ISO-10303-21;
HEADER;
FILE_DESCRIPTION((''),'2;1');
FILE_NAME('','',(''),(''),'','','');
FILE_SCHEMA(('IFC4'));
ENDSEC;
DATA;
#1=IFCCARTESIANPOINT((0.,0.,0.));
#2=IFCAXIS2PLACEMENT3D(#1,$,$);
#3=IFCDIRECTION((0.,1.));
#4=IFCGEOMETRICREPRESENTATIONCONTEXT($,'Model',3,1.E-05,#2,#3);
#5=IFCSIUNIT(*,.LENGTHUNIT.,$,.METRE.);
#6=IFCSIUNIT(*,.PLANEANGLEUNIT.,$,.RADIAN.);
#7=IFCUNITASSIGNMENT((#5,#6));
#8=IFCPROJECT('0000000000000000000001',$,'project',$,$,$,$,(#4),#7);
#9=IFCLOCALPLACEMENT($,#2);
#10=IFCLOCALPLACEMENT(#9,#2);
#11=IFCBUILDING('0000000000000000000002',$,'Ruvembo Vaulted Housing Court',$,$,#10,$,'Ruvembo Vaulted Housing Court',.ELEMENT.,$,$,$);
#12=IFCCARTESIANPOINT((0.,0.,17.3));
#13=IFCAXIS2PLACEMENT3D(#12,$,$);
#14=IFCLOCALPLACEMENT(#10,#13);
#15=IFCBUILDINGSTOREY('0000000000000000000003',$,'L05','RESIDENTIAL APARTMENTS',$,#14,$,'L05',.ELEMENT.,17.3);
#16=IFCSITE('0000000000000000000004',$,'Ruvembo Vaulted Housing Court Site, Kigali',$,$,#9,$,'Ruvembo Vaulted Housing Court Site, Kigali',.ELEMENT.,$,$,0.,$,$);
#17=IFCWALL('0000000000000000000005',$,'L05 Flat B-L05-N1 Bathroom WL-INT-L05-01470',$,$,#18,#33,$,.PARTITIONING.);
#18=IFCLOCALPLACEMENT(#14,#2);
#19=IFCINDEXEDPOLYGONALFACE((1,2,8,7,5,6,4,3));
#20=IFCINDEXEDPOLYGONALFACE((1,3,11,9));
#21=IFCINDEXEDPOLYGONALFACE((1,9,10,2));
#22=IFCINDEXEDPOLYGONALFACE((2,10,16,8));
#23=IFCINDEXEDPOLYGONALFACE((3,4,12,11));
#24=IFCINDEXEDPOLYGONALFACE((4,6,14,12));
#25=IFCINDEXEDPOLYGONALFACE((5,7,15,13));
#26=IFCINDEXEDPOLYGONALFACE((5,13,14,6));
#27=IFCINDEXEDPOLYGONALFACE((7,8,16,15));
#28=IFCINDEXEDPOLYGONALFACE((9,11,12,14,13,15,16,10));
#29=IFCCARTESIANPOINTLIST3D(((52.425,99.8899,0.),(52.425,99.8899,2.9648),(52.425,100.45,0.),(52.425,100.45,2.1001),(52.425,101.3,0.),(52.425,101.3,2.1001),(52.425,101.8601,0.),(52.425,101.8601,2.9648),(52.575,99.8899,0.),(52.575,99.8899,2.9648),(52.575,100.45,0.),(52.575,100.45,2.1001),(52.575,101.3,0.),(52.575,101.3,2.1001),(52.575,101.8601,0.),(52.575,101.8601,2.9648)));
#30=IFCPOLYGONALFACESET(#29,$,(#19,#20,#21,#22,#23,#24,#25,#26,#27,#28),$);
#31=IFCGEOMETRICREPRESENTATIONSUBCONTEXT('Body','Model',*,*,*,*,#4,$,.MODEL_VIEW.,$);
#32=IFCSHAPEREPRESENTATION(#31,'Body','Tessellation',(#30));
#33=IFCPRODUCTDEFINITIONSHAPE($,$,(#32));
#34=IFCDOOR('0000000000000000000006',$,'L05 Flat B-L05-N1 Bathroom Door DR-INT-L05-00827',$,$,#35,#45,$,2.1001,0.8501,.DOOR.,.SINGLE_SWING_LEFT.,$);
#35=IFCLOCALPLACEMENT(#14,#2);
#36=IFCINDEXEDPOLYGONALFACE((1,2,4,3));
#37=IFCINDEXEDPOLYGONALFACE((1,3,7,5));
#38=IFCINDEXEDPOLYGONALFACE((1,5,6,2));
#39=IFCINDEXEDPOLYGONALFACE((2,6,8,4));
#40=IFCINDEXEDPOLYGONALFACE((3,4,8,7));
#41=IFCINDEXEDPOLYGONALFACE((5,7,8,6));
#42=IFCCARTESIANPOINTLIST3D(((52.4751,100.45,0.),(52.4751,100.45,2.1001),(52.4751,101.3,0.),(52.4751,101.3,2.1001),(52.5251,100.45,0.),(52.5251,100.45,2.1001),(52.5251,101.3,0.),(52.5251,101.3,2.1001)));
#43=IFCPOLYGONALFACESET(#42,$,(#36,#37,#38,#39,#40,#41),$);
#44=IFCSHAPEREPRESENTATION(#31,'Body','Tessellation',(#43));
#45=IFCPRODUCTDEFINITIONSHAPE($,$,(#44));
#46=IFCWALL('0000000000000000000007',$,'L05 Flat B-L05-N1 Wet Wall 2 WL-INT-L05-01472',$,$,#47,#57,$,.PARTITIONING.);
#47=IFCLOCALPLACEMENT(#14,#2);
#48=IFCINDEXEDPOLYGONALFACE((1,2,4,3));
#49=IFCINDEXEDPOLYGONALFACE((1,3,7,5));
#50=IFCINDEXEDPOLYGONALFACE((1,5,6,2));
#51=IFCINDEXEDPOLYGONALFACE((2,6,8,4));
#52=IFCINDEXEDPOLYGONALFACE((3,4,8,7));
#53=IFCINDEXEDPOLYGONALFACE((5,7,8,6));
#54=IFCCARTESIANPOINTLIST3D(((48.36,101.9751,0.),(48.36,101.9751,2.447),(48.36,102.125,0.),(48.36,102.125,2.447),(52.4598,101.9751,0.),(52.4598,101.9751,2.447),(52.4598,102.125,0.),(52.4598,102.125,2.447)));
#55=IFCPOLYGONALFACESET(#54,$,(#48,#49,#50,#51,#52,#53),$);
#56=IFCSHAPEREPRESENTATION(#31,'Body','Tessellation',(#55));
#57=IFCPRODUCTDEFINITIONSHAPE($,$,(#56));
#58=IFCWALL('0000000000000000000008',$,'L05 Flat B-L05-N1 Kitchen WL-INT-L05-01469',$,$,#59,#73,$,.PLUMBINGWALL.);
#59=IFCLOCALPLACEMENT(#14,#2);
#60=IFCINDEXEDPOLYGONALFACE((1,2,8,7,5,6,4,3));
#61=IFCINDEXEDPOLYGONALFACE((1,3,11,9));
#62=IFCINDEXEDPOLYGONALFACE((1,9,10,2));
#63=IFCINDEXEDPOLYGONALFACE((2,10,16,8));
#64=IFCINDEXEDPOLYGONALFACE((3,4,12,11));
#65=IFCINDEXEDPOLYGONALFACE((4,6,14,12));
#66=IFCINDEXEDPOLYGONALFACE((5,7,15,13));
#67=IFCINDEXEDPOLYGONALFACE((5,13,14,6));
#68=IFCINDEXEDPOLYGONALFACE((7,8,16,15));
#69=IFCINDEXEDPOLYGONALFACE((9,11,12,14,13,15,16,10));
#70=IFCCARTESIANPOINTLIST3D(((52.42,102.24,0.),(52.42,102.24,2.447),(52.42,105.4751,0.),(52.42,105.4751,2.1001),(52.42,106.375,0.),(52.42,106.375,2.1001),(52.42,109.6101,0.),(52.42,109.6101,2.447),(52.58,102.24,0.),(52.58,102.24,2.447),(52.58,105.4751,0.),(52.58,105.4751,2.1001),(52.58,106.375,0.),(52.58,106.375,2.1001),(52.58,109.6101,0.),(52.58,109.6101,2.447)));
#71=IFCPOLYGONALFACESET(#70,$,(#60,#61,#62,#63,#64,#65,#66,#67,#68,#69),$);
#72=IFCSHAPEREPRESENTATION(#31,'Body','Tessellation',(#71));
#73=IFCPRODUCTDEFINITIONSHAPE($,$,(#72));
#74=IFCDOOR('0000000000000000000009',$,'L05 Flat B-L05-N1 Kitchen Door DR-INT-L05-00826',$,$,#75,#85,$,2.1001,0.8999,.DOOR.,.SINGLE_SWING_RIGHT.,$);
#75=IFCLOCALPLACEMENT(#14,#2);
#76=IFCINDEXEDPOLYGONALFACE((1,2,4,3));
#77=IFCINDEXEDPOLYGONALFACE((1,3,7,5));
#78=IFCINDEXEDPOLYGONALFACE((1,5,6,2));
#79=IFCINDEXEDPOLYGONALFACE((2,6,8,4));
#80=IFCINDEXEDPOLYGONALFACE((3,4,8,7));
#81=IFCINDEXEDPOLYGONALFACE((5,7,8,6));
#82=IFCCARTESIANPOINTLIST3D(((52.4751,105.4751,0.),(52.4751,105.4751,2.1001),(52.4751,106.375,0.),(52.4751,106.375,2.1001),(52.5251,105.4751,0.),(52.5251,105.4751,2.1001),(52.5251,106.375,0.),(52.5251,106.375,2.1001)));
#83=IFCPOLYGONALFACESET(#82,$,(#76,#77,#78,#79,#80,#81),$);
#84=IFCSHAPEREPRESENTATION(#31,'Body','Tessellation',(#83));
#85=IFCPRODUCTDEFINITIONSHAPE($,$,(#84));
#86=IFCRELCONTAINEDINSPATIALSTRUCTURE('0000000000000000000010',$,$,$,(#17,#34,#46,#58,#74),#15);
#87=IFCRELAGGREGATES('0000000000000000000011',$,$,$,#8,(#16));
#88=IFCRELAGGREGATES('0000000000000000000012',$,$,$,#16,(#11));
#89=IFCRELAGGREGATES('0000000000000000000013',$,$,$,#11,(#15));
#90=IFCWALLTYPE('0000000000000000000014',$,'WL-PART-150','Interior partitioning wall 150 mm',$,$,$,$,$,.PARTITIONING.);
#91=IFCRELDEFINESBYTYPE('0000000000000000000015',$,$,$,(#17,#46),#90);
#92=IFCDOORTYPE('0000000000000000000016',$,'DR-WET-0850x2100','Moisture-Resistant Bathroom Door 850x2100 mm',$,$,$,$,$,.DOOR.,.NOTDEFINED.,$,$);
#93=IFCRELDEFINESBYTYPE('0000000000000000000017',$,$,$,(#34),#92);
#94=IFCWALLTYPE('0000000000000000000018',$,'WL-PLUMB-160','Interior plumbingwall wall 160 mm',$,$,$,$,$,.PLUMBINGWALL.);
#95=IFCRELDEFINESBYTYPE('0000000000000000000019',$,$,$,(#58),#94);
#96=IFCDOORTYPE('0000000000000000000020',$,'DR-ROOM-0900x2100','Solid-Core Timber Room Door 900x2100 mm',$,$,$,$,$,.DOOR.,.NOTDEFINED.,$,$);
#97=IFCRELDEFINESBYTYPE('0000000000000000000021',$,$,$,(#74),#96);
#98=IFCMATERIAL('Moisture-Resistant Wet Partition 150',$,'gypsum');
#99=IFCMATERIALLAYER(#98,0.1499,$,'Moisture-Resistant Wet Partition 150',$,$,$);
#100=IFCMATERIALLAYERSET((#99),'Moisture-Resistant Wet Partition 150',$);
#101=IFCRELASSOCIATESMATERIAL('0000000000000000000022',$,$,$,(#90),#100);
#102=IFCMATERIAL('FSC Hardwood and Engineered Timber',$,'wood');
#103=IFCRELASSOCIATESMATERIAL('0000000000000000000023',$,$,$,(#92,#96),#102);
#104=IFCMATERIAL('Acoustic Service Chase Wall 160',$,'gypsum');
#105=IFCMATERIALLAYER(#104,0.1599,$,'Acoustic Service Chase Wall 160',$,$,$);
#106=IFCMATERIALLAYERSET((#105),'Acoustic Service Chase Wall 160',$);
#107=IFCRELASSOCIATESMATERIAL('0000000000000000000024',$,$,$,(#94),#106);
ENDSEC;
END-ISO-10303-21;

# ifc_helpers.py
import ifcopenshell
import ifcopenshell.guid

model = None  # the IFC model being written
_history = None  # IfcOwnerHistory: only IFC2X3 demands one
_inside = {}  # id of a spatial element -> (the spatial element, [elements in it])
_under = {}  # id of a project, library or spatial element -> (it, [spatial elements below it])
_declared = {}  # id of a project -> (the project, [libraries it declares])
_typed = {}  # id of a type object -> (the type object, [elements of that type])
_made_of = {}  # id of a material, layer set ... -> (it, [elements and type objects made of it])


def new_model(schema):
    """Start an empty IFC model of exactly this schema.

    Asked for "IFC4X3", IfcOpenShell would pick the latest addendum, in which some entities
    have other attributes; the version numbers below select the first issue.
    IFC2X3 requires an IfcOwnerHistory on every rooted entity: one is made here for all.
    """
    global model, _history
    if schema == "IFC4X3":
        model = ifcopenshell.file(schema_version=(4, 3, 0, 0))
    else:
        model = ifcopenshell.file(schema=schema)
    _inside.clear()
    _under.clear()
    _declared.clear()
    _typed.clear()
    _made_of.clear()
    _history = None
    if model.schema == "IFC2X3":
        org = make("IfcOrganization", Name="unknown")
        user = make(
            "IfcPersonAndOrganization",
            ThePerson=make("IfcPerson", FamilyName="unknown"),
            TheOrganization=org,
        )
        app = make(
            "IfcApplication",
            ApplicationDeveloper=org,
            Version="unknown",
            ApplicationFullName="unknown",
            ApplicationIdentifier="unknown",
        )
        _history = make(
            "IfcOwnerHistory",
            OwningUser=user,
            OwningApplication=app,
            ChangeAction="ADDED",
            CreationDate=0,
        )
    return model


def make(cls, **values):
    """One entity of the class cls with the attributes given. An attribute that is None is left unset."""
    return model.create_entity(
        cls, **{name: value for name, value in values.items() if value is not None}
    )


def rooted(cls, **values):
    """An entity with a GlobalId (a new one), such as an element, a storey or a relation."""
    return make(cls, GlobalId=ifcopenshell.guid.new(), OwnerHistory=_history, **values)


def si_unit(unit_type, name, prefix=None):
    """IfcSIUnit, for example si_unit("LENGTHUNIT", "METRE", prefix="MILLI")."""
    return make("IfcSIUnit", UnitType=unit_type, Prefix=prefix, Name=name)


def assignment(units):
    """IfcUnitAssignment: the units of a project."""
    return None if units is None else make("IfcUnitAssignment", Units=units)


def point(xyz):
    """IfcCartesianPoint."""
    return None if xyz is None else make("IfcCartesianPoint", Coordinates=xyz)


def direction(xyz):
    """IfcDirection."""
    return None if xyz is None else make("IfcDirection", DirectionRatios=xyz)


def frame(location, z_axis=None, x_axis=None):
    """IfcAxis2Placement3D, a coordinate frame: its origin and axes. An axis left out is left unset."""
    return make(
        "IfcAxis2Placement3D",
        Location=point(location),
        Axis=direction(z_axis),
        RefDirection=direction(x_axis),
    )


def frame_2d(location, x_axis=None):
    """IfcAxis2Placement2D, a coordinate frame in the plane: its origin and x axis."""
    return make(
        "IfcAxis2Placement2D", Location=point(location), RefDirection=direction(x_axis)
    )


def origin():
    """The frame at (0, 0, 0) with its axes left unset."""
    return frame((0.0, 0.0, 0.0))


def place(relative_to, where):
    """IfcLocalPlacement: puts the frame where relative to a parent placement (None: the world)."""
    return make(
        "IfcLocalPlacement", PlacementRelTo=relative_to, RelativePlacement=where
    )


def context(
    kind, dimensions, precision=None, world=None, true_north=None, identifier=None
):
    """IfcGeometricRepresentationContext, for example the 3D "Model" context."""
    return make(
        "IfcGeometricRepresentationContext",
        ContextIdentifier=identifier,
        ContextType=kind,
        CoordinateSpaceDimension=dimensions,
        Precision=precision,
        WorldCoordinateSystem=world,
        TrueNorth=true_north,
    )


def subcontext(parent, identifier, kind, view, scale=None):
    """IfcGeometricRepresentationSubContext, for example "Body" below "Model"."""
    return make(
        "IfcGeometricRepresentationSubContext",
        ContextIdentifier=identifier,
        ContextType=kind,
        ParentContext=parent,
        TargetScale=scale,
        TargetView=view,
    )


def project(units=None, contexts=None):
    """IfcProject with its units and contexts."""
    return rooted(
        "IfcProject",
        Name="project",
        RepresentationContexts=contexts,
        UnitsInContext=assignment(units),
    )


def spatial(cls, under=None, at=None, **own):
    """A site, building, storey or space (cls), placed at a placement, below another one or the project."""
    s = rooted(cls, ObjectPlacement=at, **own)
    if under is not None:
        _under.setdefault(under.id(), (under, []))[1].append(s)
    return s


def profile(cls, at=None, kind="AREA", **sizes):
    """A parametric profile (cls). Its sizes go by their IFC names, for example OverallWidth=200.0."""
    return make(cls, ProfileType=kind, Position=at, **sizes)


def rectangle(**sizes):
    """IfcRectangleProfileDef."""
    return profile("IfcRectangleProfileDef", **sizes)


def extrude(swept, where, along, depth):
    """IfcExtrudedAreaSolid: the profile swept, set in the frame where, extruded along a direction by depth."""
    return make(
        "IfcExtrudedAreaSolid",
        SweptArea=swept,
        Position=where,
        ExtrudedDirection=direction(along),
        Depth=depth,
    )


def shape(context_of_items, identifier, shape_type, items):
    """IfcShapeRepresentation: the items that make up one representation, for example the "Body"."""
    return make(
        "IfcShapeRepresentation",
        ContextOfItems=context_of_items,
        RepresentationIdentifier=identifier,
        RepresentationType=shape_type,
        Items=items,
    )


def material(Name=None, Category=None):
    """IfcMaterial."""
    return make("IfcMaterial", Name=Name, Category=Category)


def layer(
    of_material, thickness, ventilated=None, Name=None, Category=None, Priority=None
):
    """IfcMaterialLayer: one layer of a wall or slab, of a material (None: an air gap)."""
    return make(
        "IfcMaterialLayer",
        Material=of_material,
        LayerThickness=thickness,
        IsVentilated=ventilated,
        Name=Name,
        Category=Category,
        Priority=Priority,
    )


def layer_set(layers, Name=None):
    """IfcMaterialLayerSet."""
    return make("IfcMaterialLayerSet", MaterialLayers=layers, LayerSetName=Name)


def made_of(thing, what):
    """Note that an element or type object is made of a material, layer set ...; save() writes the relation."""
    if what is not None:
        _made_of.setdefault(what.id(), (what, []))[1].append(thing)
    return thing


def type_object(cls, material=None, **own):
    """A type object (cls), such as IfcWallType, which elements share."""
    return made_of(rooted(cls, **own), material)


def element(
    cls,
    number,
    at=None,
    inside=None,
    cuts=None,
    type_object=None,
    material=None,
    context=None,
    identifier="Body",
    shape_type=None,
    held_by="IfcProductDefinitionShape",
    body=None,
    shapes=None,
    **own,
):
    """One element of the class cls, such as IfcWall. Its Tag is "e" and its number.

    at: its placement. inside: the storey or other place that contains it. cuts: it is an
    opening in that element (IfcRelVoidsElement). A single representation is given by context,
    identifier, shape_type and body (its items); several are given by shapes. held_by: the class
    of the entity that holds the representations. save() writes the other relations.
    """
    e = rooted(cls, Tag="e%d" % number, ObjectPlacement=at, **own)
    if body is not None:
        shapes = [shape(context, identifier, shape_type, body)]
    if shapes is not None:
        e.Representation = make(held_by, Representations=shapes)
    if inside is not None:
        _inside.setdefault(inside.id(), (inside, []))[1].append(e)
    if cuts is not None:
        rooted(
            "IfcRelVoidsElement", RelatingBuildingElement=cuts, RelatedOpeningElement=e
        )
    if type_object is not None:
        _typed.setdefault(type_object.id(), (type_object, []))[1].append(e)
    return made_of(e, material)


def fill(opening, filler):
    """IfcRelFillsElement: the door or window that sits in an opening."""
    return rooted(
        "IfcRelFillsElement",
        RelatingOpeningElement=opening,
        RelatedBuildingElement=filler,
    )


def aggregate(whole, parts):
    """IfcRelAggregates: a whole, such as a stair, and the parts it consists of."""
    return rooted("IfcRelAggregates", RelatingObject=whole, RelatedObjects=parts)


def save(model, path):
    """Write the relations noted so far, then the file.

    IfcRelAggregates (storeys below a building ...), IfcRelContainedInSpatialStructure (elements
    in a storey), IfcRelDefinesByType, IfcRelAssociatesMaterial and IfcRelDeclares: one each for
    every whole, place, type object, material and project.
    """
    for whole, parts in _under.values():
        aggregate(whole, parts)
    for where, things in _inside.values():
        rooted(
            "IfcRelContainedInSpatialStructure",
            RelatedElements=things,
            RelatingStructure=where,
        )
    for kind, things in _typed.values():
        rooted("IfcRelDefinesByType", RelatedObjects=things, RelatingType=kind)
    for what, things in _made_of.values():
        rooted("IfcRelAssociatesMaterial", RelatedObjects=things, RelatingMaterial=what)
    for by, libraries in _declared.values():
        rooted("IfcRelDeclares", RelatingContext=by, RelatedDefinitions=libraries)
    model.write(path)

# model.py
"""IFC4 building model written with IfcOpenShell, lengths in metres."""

from ifc_helpers import new_model, si_unit, direction, frame, frame_2d, origin, place, context, subcontext, project, spatial, rectangle, extrude, material, layer, layer_set, type_object, element, fill, save


model = new_model("IFC4")

# Units and contexts
model_context = context("Model", 3, precision=1e-05, world=origin(), true_north=direction((0.0, 1.0)))
body_context = subcontext(model_context, "Body", "Model", "MODEL_VIEW")
ifc_project = project(units=[si_unit("LENGTHUNIT", "METRE"), si_unit("PLANEANGLEUNIT", "RADIAN")], contexts=[model_context])

# Site, building, storey
site_placement = place(None, origin())
site = spatial("IfcSite", under=ifc_project, at=site_placement, Name="Ruvembo Vaulted Housing Court Site, Kigali", LongName="Ruvembo Vaulted Housing Court Site, Kigali", CompositionType="ELEMENT", RefElevation=0.0)
building_placement = place(site_placement, origin())
building = spatial("IfcBuilding", under=site, at=building_placement, Name="Ruvembo Vaulted Housing Court", LongName="Ruvembo Vaulted Housing Court", CompositionType="ELEMENT")
storey_placement = place(building_placement, frame((0.0, 0.0, 17.3)))
storey = spatial("IfcBuildingStorey", under=building, at=storey_placement, Name="L05", Description="RESIDENTIAL APARTMENTS", LongName="L05", CompositionType="ELEMENT", Elevation=17.3)

# Shared definitions
ifc_material_1 = material(Name="FSC Hardwood and Engineered Timber", Category="wood")

# Wall, opening, door
ifc_material_2 = material(Name="Moisture-Resistant Wet Partition 150", Category="gypsum")
ifc_layer_1 = layer(ifc_material_2, 0.1499, Name="Moisture-Resistant Wet Partition 150")
ifc_layer_set_1 = layer_set([ifc_layer_1], Name="Moisture-Resistant Wet Partition 150")
wall_type_1 = type_object("IfcWallType", Name="WL-PART-150", Description="Interior partitioning wall 150 mm", PredefinedType="PARTITIONING", material=ifc_layer_set_1)
wall_1_placement = place(storey_placement, frame((52.5, 99.8899, 0.0), z_axis=(0.0, 0.0, 1.0), x_axis=(0.0, 1.0, 0.0)))
wall_1 = element("IfcWall", 1, at=wall_1_placement, inside=storey, type_object=wall_type_1, Name="L05 Flat B-L05-N1 Bathroom WL-INT-L05-01470", PredefinedType="PARTITIONING", context=body_context, shape_type="SweptSolid", body=[
    extrude(rectangle(XDim=1.9702, YDim=0.1499, at=frame_2d((0.9851, 0.0))), origin(), (0.0, 0.0, 1.0), 2.9648),
])
opening_1_placement = place(wall_1_placement, frame((0.5601, 0.0, 0.0)))
opening_1 = element("IfcOpeningElement", 2, at=opening_1_placement, cuts=wall_1, PredefinedType="OPENING", context=body_context, shape_type="SweptSolid", body=[
    extrude(rectangle(XDim=0.8501, YDim=2.1001, at=frame_2d((0.425, 1.05))), frame((0.0, 0.085, 0.0), z_axis=(0.0, -1.0, 0.0), x_axis=(1.0, 0.0, 0.0)), (0.0, 0.0, 1.0), 0.1699),
])
door_type_1 = type_object("IfcDoorType", Name="DR-WET-0850x2100", Description="Moisture-Resistant Bathroom Door 850x2100 mm", OperationType="NOTDEFINED", PredefinedType="DOOR", material=ifc_material_1)
door_1_placement = place(opening_1_placement, origin())
door_1 = element("IfcDoor", 3, at=door_1_placement, inside=storey, type_object=door_type_1, Name="L05 Flat B-L05-N1 Bathroom Door DR-INT-L05-00827", OperationType="SINGLE_SWING_LEFT", OverallHeight=2.1001, OverallWidth=0.8501, PredefinedType="DOOR", context=body_context, shape_type="SweptSolid", body=[
    extrude(rectangle(XDim=0.8501, YDim=2.1001, at=frame_2d((0.425, 1.05))), frame((0.0, 0.0249, 0.0), z_axis=(0.0, -1.0, 0.0), x_axis=(1.0, 0.0, 0.0)), (0.0, 0.0, 1.0), 0.05),
])
fill(opening_1, door_1)

# Wall
wall_2_placement = place(storey_placement, frame((48.3601, 102.05, 0.0), z_axis=(0.0, 0.0, 1.0), x_axis=(1.0, 0.0, 0.0)))
element("IfcWall", 4, at=wall_2_placement, inside=storey, type_object=wall_type_1, Name="L05 Flat B-L05-N1 Wet Wall 2 WL-INT-L05-01472", PredefinedType="PARTITIONING", context=body_context, shape_type="SweptSolid", body=[
    extrude(rectangle(XDim=4.0999, YDim=0.1499, at=frame_2d((2.0498, 0.0))), origin(), (0.0, 0.0, 1.0), 2.447),
])

# Wall, opening, door
ifc_material_3 = material(Name="Acoustic Service Chase Wall 160", Category="gypsum")
ifc_layer_2 = layer(ifc_material_3, 0.1599, Name="Acoustic Service Chase Wall 160")
ifc_layer_set_2 = layer_set([ifc_layer_2], Name="Acoustic Service Chase Wall 160")
wall_type_2 = type_object("IfcWallType", Name="WL-PLUMB-160", Description="Interior plumbingwall wall 160 mm", PredefinedType="PLUMBINGWALL", material=ifc_layer_set_2)
wall_3_placement = place(storey_placement, frame((52.5, 102.24, 0.0), z_axis=(0.0, 0.0, 1.0), x_axis=(0.0, 1.0, 0.0)))
wall_3 = element("IfcWall", 5, at=wall_3_placement, inside=storey, type_object=wall_type_2, Name="L05 Flat B-L05-N1 Kitchen WL-INT-L05-01469", PredefinedType="PLUMBINGWALL", context=body_context, shape_type="SweptSolid", body=[
    extrude(rectangle(XDim=7.3701, YDim=0.1599, at=frame_2d((3.6851, 0.0))), origin(), (0.0, 0.0, 1.0), 2.447),
])
opening_2_placement = place(wall_3_placement, frame((3.2351, 0.0, 0.0)))
opening_2 = element("IfcOpeningElement", 6, at=opening_2_placement, cuts=wall_3, PredefinedType="OPENING", context=body_context, shape_type="SweptSolid", body=[
    extrude(rectangle(XDim=0.8999, YDim=2.1001, at=frame_2d((0.45, 1.05))), frame((0.0, 0.0898, 0.0), z_axis=(0.0, -1.0, 0.0), x_axis=(1.0, 0.0, 0.0)), (0.0, 0.0, 1.0), 0.1799),
])
door_type_2 = type_object("IfcDoorType", Name="DR-ROOM-0900x2100", Description="Solid-Core Timber Room Door 900x2100 mm", OperationType="NOTDEFINED", PredefinedType="DOOR", material=ifc_material_1)
door_2_placement = place(opening_2_placement, origin())
door_2 = element("IfcDoor", 7, at=door_2_placement, inside=storey, type_object=door_type_2, Name="L05 Flat B-L05-N1 Kitchen Door DR-INT-L05-00826", OperationType="SINGLE_SWING_RIGHT", OverallHeight=2.1001, OverallWidth=0.8999, PredefinedType="DOOR", context=body_context, shape_type="SweptSolid", body=[
    extrude(rectangle(XDim=0.8999, YDim=2.1001, at=frame_2d((0.45, 1.05))), frame((0.0, 0.0249, 0.0), z_axis=(0.0, -1.0, 0.0), x_axis=(1.0, 0.0, 0.0)), (0.0, 0.0, 1.0), 0.05),
])
fill(opening_2, door_2)

save(model, "model.ifc")
